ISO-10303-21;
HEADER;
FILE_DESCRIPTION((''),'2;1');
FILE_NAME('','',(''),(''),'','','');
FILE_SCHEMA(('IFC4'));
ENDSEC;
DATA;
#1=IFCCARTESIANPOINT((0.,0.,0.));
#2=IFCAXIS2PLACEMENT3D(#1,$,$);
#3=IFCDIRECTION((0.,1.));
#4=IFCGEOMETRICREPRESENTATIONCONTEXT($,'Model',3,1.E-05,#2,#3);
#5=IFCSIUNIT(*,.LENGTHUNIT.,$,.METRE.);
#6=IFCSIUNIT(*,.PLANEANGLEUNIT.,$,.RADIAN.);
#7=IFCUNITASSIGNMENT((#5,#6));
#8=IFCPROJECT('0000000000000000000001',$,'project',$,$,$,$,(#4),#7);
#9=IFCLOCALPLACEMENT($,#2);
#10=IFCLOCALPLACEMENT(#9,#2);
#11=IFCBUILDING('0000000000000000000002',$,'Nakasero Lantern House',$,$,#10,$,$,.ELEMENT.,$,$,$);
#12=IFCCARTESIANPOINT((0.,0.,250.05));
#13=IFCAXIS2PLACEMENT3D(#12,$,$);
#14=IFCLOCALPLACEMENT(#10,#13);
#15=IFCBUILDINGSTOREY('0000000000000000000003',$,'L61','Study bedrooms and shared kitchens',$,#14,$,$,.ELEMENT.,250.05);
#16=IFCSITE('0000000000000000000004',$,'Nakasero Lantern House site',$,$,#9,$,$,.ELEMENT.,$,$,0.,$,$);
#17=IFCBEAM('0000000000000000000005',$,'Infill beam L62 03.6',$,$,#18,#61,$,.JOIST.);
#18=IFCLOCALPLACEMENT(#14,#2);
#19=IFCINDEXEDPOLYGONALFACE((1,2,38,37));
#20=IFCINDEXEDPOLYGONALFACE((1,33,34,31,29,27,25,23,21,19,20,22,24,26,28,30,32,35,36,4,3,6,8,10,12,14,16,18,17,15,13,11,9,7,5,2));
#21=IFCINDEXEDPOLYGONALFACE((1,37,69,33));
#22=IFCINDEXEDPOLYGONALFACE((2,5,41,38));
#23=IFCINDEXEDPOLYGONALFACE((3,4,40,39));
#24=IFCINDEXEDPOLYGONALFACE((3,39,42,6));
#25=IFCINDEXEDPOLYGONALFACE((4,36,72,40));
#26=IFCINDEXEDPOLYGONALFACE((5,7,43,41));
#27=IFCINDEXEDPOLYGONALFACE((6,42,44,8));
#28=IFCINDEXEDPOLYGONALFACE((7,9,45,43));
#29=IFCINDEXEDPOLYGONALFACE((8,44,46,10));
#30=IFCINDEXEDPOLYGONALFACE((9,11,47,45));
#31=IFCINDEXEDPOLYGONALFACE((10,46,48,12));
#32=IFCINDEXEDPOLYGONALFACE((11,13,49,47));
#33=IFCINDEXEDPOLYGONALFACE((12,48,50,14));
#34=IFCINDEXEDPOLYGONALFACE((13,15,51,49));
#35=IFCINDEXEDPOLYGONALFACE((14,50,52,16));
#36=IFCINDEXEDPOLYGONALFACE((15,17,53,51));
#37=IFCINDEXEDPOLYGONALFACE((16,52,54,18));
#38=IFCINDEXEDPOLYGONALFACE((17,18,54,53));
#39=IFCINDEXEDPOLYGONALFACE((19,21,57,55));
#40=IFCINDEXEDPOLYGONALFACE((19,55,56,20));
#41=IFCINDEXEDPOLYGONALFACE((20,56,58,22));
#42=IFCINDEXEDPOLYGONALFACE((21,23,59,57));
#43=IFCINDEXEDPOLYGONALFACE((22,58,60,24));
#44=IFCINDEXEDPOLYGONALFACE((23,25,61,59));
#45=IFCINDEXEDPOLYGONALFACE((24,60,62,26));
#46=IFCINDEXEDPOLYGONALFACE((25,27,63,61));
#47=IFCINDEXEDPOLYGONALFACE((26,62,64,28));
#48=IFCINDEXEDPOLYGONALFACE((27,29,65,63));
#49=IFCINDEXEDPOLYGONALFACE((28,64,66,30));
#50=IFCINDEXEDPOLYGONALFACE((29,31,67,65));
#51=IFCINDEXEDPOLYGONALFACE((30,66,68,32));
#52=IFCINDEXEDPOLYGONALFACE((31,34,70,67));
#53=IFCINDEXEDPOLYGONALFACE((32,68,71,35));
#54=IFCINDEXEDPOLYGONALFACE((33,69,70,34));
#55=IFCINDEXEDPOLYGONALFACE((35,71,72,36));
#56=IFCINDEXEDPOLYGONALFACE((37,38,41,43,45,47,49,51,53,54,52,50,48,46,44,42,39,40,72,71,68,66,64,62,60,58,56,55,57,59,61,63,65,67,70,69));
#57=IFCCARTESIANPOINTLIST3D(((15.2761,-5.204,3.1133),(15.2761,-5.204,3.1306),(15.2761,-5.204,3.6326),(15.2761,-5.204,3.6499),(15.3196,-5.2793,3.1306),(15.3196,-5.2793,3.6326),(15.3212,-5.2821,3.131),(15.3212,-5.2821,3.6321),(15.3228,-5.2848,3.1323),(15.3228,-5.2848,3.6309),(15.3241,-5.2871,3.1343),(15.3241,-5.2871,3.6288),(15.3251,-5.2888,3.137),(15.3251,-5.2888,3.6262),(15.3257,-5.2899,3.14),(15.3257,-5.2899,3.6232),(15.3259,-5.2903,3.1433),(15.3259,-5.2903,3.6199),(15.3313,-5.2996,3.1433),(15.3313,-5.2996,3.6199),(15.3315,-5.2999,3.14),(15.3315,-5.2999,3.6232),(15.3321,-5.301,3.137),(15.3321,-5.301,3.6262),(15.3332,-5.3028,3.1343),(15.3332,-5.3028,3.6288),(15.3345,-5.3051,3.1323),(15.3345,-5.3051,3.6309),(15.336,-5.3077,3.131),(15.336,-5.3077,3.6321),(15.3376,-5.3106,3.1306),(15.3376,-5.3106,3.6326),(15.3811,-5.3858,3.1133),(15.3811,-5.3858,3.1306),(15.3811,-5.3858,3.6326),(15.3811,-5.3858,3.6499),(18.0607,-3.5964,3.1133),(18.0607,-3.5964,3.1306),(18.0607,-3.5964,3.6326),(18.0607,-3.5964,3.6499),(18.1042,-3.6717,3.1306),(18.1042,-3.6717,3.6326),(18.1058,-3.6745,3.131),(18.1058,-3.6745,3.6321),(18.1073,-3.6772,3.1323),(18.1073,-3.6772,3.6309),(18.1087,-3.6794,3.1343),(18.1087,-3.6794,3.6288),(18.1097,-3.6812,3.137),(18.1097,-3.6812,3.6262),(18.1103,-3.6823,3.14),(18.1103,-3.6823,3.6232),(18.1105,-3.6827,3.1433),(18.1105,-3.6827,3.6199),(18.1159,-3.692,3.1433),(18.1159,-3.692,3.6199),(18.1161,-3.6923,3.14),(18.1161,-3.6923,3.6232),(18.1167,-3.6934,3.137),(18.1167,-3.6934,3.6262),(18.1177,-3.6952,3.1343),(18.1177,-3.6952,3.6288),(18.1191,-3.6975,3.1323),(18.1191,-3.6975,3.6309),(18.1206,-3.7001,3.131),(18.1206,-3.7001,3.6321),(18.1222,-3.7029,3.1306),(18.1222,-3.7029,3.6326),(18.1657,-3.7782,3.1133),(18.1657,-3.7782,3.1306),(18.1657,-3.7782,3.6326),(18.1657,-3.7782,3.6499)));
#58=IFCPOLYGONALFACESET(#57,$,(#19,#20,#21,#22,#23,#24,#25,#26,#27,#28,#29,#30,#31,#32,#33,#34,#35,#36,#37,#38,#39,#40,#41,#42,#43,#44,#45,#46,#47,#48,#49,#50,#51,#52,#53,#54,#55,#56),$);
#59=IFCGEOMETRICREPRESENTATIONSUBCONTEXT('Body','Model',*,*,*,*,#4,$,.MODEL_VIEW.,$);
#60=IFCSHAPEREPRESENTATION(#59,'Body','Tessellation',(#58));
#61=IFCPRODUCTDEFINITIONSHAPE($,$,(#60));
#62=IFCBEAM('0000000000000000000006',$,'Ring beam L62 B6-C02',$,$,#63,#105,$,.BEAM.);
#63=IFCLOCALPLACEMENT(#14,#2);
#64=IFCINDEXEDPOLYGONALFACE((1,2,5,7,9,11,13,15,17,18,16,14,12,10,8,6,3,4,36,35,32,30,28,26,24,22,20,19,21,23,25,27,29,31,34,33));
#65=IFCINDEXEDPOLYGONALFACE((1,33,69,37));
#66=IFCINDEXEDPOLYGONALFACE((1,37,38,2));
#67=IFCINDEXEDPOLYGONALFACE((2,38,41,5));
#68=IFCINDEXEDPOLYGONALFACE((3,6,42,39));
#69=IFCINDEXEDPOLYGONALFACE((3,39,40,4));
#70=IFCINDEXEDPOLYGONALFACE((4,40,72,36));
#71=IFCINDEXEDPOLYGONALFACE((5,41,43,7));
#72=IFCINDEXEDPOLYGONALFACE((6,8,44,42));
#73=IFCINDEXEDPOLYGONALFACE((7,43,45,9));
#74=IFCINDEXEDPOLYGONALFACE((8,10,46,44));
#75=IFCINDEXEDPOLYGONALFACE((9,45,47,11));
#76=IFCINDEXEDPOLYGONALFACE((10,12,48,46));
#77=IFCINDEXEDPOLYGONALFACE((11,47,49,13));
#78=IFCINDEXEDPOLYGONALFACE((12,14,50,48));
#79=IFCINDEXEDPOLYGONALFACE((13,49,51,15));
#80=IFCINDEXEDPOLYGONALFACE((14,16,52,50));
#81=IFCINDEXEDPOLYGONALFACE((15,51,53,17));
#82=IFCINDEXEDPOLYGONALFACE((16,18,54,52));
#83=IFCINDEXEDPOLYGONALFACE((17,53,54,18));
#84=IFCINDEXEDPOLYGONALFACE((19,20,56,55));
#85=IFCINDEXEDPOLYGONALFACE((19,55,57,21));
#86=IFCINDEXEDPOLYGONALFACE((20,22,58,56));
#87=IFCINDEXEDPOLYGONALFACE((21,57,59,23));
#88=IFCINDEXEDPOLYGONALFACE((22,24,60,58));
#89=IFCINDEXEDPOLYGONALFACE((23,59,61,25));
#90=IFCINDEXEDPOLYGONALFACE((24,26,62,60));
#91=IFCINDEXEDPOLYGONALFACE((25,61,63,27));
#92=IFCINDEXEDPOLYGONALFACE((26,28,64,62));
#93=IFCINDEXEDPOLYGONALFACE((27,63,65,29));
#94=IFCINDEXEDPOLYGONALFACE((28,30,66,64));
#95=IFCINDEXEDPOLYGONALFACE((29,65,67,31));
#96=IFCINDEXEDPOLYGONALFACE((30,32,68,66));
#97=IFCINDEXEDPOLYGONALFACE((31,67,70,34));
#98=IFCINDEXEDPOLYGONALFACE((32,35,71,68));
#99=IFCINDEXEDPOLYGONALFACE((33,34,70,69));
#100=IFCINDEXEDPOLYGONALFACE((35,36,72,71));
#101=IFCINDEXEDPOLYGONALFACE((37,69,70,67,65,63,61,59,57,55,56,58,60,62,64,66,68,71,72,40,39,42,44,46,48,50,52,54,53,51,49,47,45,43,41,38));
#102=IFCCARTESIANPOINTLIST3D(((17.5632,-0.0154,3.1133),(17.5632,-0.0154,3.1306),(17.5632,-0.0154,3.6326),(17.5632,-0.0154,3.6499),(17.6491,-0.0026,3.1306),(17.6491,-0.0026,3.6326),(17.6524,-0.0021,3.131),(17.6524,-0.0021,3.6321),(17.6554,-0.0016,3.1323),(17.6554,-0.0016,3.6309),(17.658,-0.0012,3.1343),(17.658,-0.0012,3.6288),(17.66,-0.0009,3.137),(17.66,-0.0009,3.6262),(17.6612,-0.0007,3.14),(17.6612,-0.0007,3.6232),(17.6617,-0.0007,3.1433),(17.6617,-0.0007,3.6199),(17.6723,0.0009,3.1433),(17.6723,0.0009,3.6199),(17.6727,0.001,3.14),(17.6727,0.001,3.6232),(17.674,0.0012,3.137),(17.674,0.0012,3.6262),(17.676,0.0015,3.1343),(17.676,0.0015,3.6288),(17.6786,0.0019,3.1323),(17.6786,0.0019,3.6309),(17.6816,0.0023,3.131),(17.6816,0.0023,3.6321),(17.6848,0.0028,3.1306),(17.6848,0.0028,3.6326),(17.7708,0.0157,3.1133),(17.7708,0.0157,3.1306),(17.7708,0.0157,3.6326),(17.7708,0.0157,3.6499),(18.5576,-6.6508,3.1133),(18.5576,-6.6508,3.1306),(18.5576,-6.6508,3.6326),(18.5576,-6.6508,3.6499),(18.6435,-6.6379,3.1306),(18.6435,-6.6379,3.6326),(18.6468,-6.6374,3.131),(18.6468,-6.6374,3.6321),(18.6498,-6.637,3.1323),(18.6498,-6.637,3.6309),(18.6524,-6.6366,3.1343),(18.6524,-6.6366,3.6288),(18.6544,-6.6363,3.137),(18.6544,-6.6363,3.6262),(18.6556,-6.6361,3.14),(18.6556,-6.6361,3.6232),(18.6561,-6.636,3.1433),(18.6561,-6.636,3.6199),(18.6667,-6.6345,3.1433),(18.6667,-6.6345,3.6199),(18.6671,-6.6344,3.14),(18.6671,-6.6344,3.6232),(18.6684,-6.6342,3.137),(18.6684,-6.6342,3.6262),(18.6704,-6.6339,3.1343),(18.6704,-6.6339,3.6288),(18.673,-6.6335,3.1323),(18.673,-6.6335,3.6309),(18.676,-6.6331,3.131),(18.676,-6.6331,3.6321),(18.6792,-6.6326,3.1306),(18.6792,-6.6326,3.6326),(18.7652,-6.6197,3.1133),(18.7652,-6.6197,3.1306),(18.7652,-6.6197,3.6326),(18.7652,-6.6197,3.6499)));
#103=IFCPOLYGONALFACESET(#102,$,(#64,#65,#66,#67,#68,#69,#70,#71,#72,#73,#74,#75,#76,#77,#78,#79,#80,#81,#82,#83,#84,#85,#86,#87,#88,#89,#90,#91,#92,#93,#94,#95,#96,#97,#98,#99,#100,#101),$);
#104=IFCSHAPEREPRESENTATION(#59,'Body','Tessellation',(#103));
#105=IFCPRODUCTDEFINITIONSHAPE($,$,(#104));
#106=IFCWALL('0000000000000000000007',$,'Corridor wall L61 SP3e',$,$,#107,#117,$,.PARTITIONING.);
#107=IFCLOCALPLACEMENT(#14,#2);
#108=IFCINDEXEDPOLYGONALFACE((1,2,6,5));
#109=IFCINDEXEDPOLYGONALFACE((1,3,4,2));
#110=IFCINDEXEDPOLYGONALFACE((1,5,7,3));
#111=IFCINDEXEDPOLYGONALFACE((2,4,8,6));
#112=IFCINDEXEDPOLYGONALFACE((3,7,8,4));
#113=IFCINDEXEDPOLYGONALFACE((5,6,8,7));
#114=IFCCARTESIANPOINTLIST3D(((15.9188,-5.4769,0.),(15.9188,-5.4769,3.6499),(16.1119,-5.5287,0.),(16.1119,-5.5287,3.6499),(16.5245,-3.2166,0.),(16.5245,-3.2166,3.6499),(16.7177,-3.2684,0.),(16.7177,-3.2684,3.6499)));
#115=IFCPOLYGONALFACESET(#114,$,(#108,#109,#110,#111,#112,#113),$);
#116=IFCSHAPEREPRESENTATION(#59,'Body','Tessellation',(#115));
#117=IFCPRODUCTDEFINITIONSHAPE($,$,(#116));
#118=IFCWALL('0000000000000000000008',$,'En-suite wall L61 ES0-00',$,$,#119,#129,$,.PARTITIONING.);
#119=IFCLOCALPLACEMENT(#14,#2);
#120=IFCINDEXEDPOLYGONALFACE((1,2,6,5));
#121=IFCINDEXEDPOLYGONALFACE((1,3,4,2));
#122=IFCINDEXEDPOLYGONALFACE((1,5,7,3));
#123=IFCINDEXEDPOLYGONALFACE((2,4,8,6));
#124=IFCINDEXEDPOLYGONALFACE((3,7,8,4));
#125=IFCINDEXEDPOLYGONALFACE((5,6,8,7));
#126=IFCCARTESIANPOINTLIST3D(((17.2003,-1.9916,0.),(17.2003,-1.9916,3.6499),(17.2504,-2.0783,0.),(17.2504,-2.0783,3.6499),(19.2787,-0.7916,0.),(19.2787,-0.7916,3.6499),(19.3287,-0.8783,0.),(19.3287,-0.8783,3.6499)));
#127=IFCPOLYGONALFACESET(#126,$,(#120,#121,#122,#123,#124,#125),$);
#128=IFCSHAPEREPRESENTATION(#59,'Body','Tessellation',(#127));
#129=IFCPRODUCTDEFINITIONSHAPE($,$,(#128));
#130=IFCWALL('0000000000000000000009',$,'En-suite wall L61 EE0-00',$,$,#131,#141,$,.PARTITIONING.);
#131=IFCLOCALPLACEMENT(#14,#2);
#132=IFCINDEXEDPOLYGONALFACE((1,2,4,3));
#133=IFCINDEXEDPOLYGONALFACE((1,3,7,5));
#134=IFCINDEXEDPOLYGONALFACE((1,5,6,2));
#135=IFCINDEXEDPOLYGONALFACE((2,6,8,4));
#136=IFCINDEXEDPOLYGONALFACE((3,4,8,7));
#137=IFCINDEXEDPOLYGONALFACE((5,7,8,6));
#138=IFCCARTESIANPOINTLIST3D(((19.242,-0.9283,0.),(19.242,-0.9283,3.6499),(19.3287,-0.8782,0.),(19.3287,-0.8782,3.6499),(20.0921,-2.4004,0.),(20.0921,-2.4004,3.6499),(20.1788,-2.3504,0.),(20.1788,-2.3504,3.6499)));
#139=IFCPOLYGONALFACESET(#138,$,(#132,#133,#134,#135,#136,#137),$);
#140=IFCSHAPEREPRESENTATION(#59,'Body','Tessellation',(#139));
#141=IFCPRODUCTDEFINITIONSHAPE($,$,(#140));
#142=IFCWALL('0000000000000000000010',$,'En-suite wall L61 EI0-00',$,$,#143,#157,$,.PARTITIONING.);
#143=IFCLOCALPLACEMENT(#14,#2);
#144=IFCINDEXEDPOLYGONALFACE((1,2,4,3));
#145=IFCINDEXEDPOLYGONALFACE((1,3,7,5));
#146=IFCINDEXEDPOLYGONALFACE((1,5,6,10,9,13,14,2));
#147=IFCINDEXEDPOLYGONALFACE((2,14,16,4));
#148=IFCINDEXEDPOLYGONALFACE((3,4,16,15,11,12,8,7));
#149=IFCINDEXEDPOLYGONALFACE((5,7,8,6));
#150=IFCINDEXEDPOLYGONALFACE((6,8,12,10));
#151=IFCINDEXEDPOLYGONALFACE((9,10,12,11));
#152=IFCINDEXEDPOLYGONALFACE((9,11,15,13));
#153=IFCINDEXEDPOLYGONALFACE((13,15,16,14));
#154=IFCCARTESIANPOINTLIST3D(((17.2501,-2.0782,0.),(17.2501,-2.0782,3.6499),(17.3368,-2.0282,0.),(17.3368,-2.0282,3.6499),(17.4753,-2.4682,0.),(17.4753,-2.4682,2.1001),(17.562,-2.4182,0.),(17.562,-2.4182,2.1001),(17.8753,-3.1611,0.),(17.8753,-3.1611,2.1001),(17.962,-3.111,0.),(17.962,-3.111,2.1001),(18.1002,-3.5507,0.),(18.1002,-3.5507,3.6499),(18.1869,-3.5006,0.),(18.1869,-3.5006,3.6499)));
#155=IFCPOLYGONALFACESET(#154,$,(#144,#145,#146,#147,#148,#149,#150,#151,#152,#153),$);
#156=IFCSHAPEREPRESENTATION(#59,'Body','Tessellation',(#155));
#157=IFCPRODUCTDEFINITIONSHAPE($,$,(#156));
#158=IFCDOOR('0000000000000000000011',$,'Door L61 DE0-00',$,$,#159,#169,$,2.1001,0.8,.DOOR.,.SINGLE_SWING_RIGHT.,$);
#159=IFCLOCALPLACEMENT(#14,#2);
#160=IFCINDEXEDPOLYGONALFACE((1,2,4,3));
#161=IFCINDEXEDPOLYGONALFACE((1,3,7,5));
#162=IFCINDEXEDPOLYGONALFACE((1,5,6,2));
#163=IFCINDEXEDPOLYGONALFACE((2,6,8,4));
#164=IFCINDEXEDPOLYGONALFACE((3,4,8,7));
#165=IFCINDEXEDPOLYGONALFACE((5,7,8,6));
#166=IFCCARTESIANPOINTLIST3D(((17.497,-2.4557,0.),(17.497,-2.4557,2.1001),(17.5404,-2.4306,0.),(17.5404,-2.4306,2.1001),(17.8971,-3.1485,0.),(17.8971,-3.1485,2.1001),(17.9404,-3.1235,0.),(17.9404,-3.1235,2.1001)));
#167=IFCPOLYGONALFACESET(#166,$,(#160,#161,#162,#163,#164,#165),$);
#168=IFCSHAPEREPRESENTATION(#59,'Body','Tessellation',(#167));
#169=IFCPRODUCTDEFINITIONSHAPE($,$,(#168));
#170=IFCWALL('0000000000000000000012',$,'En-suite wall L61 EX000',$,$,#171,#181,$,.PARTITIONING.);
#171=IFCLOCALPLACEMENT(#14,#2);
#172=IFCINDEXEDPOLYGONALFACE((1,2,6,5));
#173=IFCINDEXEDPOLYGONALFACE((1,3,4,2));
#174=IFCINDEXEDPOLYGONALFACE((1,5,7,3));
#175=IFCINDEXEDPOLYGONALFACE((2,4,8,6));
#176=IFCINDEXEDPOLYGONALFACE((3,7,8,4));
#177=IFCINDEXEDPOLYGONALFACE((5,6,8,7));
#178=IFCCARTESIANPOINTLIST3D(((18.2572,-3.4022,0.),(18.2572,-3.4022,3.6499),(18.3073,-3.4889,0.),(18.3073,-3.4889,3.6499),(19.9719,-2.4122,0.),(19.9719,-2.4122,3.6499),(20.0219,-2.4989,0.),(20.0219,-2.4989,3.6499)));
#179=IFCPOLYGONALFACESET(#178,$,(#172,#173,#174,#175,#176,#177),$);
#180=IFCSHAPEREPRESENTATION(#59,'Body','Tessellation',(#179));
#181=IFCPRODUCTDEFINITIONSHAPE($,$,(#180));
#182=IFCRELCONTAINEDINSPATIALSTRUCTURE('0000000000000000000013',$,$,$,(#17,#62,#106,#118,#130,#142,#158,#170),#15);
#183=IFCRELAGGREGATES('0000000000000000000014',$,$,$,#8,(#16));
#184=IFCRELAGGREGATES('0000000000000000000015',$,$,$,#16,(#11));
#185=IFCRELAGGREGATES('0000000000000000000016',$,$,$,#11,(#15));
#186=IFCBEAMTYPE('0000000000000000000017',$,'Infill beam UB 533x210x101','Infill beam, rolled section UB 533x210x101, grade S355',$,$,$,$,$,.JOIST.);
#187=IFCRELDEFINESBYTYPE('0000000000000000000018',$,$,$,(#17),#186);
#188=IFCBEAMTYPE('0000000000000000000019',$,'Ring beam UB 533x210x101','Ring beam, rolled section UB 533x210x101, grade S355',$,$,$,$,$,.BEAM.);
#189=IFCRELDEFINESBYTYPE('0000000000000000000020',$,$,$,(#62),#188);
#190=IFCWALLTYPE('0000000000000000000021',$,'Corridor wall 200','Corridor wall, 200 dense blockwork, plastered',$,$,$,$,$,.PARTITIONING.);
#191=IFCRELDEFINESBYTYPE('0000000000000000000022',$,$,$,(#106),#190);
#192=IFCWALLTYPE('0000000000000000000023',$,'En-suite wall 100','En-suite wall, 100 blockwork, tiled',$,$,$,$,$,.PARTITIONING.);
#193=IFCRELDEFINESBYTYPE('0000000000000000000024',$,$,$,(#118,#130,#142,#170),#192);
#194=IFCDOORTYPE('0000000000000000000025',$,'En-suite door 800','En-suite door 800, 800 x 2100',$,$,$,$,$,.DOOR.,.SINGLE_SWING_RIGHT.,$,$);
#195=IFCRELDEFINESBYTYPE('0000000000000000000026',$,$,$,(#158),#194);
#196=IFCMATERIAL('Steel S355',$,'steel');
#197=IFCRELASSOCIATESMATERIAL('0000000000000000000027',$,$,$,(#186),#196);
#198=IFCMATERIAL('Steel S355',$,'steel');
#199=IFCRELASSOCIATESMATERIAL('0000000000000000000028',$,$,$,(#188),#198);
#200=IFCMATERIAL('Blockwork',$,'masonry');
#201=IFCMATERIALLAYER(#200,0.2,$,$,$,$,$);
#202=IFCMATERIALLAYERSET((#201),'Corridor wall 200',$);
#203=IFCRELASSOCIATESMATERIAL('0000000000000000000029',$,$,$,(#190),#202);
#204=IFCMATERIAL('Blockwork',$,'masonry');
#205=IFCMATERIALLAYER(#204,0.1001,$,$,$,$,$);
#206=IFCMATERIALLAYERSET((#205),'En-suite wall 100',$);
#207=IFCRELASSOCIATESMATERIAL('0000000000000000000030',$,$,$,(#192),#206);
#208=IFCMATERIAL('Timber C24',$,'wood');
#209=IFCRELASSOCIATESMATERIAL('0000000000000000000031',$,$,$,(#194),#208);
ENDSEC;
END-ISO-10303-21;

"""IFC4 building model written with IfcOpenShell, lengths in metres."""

from ifc_helpers import new_model, si_unit, direction, frame, frame_2d, origin, origin_2d, place, context, subcontext, project, spatial, rectangle, i_section, extrude, material, layer, layer_set, material_profile, profile_set, type_object, element, fill, save


model = new_model("IFC4")

# Units and contexts
model_context = context("Model", 3, precision=1e-05, world=origin(), true_north=direction((0.0, 1.0)))
body_context = subcontext(model_context, "Body", "Model", "MODEL_VIEW")
ifc_project = project(units=[si_unit("LENGTHUNIT", "METRE"), si_unit("PLANEANGLEUNIT", "RADIAN")], contexts=[model_context])

# Site, building, storey
site_placement = place(None, origin())
site = spatial("IfcSite", under=ifc_project, at=site_placement, Name="Nakasero Lantern House site", CompositionType="ELEMENT", RefElevation=0.0)
building_placement = place(site_placement, origin())
building = spatial("IfcBuilding", under=site, at=building_placement, Name="Nakasero Lantern House", CompositionType="ELEMENT")
storey_placement = place(building_placement, frame((0.0, 0.0, 250.05)))
storey = spatial("IfcBuildingStorey", under=building, at=storey_placement, Name="L61", Description="Study bedrooms and shared kitchens", CompositionType="ELEMENT", Elevation=250.05)

# Beams
ifc_material_1 = material(Name="Steel S355", Category="steel")
ifc_material_profile_1 = material_profile(ifc_material_1, i_section(OverallWidth=0.21, OverallDepth=0.5366, WebThickness=0.0107, FlangeThickness=0.0173, FilletRadius=0.0127, at=origin_2d()), Name="UB 533x210x101")
ifc_profile_set_1 = profile_set([ifc_material_profile_1], Name="Steel S355")
beam_type_1 = type_object("IfcBeamType", Name="Infill beam UB 533x210x101", Description="Infill beam, rolled section UB 533x210x101, grade S355", PredefinedType="JOIST", material=ifc_profile_set_1)
beam_1_placement = place(storey_placement, frame((15.3286, -5.2949, 3.3816), z_axis=(0.866034, 0.499985, 0.0), x_axis=(-0.499985, 0.866034, 0.0)))
element("IfcBeam", 1, at=beam_1_placement, inside=storey, type_object=beam_type_1, Name="Infill beam L62 03.6", PredefinedType="JOIST", context=body_context, shape_type="SweptSolid", body=[
    extrude(i_section(OverallWidth=0.21, OverallDepth=0.5366, WebThickness=0.0107, FlangeThickness=0.0173, FilletRadius=0.0127, at=origin_2d()), origin(), (0.0, 0.0, 1.0), 3.2153),
])
ifc_material_2 = material(Name="Steel S355", Category="steel")
ifc_material_profile_2 = material_profile(ifc_material_2, i_section(OverallWidth=0.21, OverallDepth=0.5366, WebThickness=0.0107, FlangeThickness=0.0173, FilletRadius=0.0127, at=origin_2d()), Name="UB 533x210x101")
ifc_profile_set_2 = profile_set([ifc_material_profile_2], Name="Steel S355")
beam_type_2 = type_object("IfcBeamType", Name="Ring beam UB 533x210x101", Description="Ring beam, rolled section UB 533x210x101, grade S355", PredefinedType="BEAM", material=ifc_profile_set_2)
beam_2_placement = place(storey_placement, frame((18.6614, -6.6353, 3.3816), z_axis=(-0.148209, 0.988956, 0.0), x_axis=(-0.988956, -0.148209, 0.0)))
element("IfcBeam", 2, at=beam_2_placement, inside=storey, type_object=beam_type_2, Name="Ring beam L62 B6-C02", PredefinedType="BEAM", context=body_context, shape_type="SweptSolid", body=[
    extrude(i_section(OverallWidth=0.21, OverallDepth=0.5366, WebThickness=0.0107, FlangeThickness=0.0173, FilletRadius=0.0127, at=origin_2d()), origin(), (0.0, 0.0, 1.0), 6.7095),
])

# Walls
ifc_material_3 = material(Name="Blockwork", Category="masonry")
ifc_layer_1 = layer(ifc_material_3, 0.2)
ifc_layer_set_1 = layer_set([ifc_layer_1], Name="Corridor wall 200")
wall_type_1 = type_object("IfcWallType", Name="Corridor wall 200", Description="Corridor wall, 200 dense blockwork, plastered", PredefinedType="PARTITIONING", material=ifc_layer_set_1)
wall_1_placement = place(storey_placement, frame((16.0154, -5.5027, 0.0), z_axis=(0.0, 0.0, 1.0), x_axis=(0.258851, 0.965917, 0.0)))
element("IfcWall", 3, at=wall_1_placement, inside=storey, type_object=wall_type_1, Name="Corridor wall L61 SP3e", PredefinedType="PARTITIONING", context=body_context, shape_type="SweptSolid", body=[
    extrude(rectangle(XDim=2.3401, YDim=0.2, at=frame_2d((1.1699, 0.0))), origin(), (0.0, 0.0, 1.0), 3.6499),
])
ifc_material_4 = material(Name="Blockwork", Category="masonry")
ifc_layer_2 = layer(ifc_material_4, 0.1001)
ifc_layer_set_2 = layer_set([ifc_layer_2], Name="En-suite wall 100")
wall_type_2 = type_object("IfcWallType", Name="En-suite wall 100", Description="En-suite wall, 100 blockwork, tiled", PredefinedType="PARTITIONING", material=ifc_layer_set_2)
wall_2_placement = place(storey_placement, frame((17.2253, -2.0349, 0.0), z_axis=(0.0, 0.0, 1.0), x_axis=(0.866025, 0.500001, 0.0)))
element("IfcWall", 4, at=wall_2_placement, inside=storey, type_object=wall_type_2, Name="En-suite wall L61 ES0-00", PredefinedType="PARTITIONING", context=body_context, shape_type="SweptSolid", body=[
    extrude(rectangle(XDim=2.3999, YDim=0.1001, at=frame_2d((1.2, 0.0))), origin(), (0.0, 0.0, 1.0), 3.6499),
])
wall_3_placement = place(storey_placement, frame((20.1355, -2.3755, 0.0), z_axis=(0.0, 0.0, 1.0), x_axis=(-0.500062, 0.865989, 0.0)))
element("IfcWall", 5, at=wall_3_placement, inside=storey, type_object=wall_type_2, Name="En-suite wall L61 EE0-00", PredefinedType="PARTITIONING", context=body_context, shape_type="SweptSolid", body=[
    extrude(rectangle(XDim=1.7, YDim=0.1001, at=frame_2d((0.8501, 0.0))), origin(), (0.0, 0.0, 1.0), 3.6499),
])

# Wall, opening, door
wall_4_placement = place(storey_placement, frame((18.1436, -3.5256, 0.0), z_axis=(0.0, 0.0, 1.0), x_axis=(-0.5, 0.866025, 0.0)))
wall_4 = element("IfcWall", 6, at=wall_4_placement, inside=storey, type_object=wall_type_2, Name="En-suite wall L61 EI0-00", PredefinedType="PARTITIONING", context=body_context, shape_type="SweptSolid", body=[
    extrude(rectangle(XDim=1.7002, YDim=0.1001, at=frame_2d((0.8501, 0.0))), origin(), (0.0, 0.0, 1.0), 3.6499),
])
opening_1_placement = place(wall_4_placement, frame((0.45, 0.0, 0.0)))
opening_1 = element("IfcOpeningElement", 7, at=opening_1_placement, cuts=wall_4, PredefinedType="OPENING", context=body_context, shape_type="SweptSolid", body=[
    extrude(rectangle(XDim=0.8, YDim=2.1001, at=frame_2d((0.3999, 1.05))), frame((0.0, 0.0701, 0.0), z_axis=(0.0, -1.0, 0.0), x_axis=(1.0, 0.0, 0.0)), (0.0, 0.0, 1.0), 0.1401),
])
ifc_material_5 = material(Name="Timber C24", Category="wood")
door_type_1 = type_object("IfcDoorType", Name="En-suite door 800", Description="En-suite door 800, 800 x 2100", OperationType="SINGLE_SWING_RIGHT", PredefinedType="DOOR", material=ifc_material_5)
door_1_placement = place(opening_1_placement, origin())
door_1 = element("IfcDoor", 8, at=door_1_placement, inside=storey, type_object=door_type_1, Name="Door L61 DE0-00", OperationType="SINGLE_SWING_RIGHT", OverallHeight=2.1001, OverallWidth=0.8, PredefinedType="DOOR", context=body_context, shape_type="SweptSolid", body=[
    extrude(rectangle(XDim=0.8, YDim=2.1001, at=frame_2d((0.3999, 1.05))), frame((0.0, 0.0249, 0.0), z_axis=(0.0, -1.0, 0.0), x_axis=(1.0, 0.0, 0.0)), (0.0, 0.0, 1.0), 0.05),
])
fill(opening_1, door_1)

# Wall
wall_5_placement = place(storey_placement, frame((18.2822, -3.4456, 0.0), z_axis=(0.0, 0.0, 1.0), x_axis=(0.866011, 0.500025, 0.0)))
element("IfcWall", 9, at=wall_5_placement, inside=storey, type_object=wall_type_2, Name="En-suite wall L61 EX000", PredefinedType="PARTITIONING", context=body_context, shape_type="SweptSolid", body=[
    extrude(rectangle(XDim=1.98, YDim=0.1001, at=frame_2d((0.99, 0.0))), origin(), (0.0, 0.0, 1.0), 3.6499),
])

save(model, "model.ifc")
